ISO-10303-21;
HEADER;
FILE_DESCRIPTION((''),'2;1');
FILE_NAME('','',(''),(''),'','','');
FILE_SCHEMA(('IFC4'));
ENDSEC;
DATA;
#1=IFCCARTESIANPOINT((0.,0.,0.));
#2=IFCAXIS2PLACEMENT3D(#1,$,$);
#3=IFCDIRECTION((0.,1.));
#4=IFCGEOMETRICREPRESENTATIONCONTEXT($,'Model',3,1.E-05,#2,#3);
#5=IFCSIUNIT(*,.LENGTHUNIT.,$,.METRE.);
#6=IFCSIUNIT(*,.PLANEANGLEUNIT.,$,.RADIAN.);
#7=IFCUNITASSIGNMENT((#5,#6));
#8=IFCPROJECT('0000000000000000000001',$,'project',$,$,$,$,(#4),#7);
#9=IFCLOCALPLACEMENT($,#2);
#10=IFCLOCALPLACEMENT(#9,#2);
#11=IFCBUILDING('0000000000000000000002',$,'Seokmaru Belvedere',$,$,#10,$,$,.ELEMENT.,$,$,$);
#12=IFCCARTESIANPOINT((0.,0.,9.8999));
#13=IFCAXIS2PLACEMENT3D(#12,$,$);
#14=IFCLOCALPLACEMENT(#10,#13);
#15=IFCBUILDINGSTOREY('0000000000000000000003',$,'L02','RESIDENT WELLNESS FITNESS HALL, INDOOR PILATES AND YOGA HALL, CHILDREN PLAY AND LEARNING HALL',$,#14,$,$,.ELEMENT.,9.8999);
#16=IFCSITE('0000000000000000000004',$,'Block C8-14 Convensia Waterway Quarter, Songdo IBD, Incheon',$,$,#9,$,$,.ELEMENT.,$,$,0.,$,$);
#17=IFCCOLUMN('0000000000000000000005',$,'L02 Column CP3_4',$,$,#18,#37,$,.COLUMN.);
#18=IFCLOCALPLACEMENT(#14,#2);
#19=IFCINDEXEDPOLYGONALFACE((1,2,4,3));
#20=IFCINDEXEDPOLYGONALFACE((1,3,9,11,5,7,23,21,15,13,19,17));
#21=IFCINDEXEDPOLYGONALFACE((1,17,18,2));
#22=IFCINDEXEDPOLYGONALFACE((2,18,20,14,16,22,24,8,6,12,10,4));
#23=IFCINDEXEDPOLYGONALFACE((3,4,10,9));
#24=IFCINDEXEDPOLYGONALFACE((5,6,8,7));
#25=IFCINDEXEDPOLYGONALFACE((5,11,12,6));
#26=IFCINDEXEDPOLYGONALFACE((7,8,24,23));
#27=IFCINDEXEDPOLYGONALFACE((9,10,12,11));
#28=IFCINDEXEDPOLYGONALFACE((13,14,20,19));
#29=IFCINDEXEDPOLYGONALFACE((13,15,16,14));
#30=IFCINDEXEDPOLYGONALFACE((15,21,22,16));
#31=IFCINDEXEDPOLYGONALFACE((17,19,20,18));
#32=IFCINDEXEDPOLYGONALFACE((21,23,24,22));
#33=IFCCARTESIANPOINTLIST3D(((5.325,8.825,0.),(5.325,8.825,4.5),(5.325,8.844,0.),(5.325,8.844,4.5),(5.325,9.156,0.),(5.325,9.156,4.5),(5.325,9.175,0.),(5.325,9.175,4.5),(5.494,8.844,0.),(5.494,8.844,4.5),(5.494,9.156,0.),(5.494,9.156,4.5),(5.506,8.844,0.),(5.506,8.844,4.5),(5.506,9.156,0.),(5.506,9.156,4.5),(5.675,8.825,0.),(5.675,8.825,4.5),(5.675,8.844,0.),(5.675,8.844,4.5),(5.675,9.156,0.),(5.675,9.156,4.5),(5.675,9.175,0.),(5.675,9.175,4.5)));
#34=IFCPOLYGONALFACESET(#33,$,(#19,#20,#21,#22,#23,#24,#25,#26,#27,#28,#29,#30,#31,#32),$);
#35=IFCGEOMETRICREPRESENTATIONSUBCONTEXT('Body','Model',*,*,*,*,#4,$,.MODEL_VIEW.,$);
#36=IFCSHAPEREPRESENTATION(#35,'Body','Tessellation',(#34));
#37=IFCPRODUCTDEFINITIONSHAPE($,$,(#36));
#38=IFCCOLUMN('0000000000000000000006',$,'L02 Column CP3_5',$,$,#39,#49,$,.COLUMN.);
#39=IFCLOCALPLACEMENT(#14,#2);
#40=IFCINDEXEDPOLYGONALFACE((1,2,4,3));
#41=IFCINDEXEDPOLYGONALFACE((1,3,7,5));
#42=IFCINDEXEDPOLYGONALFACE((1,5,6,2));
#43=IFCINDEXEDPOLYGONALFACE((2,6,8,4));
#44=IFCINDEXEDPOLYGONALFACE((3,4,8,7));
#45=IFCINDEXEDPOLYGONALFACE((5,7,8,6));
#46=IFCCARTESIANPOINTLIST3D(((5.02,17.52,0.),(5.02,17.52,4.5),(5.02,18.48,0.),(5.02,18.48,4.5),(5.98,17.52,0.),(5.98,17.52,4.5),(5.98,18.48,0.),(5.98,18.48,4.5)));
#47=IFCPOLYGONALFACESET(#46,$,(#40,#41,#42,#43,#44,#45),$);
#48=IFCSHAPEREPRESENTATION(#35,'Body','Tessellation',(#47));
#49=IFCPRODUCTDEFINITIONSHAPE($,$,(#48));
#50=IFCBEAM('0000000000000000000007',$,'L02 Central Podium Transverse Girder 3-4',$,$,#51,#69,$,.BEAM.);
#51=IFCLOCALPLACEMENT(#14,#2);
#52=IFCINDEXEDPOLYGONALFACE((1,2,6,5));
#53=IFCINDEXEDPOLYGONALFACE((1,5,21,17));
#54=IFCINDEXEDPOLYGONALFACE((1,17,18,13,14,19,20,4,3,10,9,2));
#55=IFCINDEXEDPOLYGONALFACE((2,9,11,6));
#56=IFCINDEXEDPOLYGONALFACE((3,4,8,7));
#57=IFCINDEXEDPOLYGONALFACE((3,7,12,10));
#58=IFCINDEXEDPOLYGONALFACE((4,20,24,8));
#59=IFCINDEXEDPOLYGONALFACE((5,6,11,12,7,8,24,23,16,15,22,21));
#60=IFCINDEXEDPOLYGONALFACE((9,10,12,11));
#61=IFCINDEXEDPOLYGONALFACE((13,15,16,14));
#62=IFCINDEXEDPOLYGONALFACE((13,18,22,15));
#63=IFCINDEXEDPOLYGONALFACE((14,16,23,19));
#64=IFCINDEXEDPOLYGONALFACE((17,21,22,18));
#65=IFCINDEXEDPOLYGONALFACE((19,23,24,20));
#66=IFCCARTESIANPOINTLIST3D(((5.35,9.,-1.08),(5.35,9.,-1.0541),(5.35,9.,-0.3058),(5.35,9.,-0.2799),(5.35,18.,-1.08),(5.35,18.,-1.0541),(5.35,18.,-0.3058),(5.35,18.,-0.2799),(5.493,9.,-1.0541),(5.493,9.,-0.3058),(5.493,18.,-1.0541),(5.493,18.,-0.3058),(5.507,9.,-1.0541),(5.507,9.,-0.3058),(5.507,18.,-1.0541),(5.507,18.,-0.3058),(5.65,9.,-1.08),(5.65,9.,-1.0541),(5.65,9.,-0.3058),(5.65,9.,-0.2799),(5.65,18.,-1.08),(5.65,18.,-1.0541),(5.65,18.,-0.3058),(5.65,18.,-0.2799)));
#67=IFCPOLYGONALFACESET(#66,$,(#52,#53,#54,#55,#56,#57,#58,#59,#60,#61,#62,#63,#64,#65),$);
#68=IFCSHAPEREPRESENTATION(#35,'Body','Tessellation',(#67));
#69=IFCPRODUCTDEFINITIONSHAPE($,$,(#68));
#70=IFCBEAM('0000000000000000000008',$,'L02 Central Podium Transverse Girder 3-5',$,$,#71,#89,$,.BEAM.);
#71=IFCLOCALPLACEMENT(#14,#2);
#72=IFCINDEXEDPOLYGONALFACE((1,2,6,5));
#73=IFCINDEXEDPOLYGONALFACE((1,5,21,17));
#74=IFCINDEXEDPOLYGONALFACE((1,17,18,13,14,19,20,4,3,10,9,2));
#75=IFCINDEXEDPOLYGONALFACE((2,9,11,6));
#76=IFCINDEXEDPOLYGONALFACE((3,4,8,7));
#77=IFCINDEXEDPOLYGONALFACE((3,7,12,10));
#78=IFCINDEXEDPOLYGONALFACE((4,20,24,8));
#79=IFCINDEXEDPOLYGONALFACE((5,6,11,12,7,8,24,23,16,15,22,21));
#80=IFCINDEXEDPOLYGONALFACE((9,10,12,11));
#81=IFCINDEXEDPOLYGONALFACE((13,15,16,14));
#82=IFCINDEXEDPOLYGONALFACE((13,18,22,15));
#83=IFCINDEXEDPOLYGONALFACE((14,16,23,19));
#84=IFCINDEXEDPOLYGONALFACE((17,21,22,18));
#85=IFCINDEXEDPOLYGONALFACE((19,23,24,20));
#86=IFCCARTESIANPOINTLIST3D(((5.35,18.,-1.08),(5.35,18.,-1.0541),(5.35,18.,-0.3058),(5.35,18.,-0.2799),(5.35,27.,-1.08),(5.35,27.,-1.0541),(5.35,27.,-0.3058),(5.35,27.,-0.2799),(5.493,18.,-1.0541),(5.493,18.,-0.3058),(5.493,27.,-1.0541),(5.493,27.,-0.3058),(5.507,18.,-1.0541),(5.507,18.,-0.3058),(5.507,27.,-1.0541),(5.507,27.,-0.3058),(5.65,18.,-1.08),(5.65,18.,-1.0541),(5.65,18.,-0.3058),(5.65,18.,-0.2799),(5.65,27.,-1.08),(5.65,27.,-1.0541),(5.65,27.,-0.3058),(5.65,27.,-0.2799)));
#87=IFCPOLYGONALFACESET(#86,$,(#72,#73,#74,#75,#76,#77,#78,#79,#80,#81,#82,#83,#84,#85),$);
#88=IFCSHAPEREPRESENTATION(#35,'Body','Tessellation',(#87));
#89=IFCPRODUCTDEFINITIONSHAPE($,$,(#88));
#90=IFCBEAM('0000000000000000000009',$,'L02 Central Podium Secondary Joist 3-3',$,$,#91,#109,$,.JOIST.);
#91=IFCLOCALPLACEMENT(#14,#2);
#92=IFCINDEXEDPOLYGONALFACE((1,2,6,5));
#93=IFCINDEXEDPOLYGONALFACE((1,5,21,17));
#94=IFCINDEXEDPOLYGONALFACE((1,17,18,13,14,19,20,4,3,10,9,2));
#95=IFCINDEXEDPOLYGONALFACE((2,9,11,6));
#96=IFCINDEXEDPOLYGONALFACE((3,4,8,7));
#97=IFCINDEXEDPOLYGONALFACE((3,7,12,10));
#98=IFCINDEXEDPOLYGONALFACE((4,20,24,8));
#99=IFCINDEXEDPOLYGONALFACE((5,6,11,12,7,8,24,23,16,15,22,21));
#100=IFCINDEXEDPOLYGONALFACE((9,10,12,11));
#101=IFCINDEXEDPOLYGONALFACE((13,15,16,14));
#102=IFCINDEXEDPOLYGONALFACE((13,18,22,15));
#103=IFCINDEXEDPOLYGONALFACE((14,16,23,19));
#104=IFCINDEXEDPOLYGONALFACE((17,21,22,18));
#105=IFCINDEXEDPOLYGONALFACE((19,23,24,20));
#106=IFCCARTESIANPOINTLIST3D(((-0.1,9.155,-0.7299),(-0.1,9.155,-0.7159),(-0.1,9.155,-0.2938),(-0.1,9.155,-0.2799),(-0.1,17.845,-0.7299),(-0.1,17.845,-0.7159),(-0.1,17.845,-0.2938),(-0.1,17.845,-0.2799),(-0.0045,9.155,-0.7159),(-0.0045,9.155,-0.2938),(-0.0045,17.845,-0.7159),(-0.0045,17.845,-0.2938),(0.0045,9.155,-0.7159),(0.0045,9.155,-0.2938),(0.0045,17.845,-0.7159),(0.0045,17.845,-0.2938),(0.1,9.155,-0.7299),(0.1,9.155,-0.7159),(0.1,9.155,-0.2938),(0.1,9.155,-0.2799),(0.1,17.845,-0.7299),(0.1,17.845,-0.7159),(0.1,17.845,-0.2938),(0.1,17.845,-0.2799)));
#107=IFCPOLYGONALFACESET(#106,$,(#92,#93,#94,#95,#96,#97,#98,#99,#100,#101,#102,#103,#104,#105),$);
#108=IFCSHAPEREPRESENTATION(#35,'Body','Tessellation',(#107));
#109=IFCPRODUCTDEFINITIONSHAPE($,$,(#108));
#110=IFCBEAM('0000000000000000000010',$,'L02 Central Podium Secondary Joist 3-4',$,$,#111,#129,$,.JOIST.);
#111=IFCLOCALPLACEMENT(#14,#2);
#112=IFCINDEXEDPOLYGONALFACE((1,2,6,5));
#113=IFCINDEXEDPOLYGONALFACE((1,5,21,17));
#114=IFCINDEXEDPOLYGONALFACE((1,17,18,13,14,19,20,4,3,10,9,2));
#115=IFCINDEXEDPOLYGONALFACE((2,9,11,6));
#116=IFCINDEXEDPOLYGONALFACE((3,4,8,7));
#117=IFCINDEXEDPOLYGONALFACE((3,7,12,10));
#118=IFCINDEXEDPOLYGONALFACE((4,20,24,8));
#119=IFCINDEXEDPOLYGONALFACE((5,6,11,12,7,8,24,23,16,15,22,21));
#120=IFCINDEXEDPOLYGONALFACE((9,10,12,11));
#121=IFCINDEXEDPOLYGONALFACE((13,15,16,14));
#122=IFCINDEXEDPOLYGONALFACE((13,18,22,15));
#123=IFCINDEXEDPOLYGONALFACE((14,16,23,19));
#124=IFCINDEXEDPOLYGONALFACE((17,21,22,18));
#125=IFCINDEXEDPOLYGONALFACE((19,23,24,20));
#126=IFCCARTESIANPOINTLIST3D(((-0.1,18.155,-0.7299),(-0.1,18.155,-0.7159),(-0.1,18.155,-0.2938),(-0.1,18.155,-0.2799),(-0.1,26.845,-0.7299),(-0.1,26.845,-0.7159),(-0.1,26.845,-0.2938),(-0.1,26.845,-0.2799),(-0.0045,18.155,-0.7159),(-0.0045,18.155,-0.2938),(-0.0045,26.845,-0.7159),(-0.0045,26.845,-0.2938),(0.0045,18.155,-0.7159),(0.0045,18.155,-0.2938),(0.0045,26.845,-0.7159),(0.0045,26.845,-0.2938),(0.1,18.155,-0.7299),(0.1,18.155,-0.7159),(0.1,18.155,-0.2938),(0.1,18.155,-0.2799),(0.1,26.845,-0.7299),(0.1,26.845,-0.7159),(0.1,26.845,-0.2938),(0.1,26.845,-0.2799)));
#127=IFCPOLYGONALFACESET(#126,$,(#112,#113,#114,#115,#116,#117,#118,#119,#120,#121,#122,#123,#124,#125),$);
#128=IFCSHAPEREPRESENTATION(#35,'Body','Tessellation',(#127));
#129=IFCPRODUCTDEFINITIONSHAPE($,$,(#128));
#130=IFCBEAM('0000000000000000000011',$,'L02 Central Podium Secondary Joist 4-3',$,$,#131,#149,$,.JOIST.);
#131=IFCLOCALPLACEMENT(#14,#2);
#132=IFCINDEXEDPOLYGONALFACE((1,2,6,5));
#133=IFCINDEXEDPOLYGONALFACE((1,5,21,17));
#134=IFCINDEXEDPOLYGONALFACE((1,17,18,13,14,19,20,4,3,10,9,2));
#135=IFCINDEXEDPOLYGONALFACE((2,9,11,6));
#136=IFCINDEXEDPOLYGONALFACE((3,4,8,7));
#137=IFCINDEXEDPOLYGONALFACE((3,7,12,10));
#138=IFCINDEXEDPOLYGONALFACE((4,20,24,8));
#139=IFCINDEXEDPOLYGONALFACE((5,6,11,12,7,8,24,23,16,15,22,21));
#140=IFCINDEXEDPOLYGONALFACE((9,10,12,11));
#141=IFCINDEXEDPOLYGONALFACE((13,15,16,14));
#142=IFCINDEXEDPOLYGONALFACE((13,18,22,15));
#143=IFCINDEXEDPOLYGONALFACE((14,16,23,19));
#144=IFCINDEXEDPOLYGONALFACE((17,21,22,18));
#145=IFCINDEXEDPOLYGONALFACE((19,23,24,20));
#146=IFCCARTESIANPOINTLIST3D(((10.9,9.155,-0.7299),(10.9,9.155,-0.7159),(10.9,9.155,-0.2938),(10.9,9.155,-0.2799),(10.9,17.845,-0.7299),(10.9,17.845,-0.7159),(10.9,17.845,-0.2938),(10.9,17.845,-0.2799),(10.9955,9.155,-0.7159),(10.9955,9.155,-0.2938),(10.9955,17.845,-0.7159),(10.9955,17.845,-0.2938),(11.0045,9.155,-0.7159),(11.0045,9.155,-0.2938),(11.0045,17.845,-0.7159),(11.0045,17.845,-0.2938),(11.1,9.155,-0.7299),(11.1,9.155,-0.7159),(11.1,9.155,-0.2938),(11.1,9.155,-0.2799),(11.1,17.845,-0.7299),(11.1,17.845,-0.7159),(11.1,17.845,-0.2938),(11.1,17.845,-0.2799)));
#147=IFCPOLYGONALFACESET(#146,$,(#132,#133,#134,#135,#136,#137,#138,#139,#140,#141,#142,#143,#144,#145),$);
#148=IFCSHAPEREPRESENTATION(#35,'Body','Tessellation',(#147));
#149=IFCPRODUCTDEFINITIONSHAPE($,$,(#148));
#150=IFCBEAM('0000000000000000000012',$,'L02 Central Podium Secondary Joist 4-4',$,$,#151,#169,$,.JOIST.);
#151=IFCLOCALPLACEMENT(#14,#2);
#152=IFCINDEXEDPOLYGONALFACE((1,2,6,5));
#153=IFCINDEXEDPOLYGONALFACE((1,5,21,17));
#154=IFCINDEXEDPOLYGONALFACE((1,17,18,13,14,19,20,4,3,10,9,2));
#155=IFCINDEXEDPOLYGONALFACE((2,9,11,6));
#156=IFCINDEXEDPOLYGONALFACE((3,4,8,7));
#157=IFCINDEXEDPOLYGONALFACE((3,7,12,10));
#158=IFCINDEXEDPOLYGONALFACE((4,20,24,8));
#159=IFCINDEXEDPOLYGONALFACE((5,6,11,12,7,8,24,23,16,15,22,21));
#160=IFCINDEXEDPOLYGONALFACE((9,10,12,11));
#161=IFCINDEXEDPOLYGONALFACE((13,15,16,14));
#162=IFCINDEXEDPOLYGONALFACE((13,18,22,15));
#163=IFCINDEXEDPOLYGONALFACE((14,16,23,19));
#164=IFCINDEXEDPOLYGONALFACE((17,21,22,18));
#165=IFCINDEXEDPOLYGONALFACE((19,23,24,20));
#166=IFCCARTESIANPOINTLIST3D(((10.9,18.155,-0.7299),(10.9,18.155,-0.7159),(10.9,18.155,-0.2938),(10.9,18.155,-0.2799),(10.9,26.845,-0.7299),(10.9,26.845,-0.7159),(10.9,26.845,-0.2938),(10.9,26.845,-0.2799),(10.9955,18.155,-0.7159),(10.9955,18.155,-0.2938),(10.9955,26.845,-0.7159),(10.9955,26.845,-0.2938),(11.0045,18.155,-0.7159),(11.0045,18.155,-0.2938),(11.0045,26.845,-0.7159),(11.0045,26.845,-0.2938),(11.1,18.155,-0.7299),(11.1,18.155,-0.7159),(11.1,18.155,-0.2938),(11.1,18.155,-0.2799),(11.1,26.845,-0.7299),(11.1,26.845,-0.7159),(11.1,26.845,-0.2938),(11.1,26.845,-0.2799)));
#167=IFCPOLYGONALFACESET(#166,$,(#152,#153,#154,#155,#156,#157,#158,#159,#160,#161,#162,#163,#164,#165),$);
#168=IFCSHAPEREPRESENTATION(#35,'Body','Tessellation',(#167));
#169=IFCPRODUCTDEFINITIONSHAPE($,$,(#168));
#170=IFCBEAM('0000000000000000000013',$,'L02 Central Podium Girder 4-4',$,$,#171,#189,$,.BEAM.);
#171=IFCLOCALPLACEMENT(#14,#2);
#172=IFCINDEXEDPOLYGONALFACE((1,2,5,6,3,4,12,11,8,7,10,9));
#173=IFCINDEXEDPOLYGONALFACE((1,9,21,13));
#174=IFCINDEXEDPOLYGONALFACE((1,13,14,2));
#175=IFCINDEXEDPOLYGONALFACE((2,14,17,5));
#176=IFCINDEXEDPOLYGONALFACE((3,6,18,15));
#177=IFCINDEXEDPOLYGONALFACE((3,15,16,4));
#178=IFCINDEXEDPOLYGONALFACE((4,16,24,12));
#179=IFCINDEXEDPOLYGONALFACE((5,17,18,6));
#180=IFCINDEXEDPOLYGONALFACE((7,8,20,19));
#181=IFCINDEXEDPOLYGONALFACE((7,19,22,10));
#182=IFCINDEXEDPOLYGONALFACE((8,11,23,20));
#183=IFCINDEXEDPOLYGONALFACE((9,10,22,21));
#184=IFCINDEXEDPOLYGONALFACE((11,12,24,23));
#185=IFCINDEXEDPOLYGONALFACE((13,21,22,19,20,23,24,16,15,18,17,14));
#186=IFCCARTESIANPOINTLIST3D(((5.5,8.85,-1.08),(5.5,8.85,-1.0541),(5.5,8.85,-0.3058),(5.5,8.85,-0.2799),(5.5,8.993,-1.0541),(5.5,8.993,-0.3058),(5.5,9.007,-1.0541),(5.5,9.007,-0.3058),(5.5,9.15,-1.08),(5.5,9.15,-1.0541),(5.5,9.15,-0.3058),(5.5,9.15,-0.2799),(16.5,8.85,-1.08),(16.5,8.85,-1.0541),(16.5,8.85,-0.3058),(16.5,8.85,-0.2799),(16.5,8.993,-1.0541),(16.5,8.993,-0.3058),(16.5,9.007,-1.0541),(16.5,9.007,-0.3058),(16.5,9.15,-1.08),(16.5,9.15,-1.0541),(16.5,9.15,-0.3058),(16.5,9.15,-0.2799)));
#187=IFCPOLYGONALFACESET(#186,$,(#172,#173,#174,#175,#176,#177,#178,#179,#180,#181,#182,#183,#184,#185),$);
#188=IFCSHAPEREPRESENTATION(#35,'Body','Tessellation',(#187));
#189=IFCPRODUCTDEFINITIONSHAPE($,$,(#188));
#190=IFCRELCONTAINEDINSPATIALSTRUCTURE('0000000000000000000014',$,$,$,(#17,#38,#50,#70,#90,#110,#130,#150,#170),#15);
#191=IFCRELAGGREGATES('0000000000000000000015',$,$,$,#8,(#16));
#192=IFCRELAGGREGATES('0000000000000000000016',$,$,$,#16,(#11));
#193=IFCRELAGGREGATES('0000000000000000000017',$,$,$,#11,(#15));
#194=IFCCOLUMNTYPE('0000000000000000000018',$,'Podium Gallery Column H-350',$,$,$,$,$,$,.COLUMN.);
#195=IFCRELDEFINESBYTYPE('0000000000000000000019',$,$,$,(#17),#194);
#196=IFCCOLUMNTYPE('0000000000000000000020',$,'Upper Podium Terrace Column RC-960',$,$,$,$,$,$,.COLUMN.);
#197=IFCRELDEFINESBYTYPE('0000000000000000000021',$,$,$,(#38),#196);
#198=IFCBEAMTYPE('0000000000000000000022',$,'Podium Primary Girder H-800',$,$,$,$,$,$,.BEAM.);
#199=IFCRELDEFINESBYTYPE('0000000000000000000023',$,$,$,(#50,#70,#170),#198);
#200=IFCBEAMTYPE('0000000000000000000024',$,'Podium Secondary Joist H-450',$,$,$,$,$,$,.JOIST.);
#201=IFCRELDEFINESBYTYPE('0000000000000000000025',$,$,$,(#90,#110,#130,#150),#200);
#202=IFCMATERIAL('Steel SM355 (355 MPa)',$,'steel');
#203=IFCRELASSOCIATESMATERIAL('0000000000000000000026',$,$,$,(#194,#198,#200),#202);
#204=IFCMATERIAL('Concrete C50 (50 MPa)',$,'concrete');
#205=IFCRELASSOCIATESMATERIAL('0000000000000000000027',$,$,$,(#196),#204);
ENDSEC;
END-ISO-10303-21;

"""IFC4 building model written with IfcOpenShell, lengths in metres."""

from ifc_helpers import new_model, si_unit, direction, frame, origin, origin_2d, place, context, subcontext, project, spatial, rectangle, i_section, extrude, source, transform, mapped, material, material_profile, profile_set, type_object, type_shapes, element, save


model = new_model("IFC4")

# Units and contexts
model_context = context("Model", 3, precision=1e-05, world=origin(), true_north=direction((0.0, 1.0)))
body_context = subcontext(model_context, "Body", "Model", "MODEL_VIEW")
ifc_project = project(units=[si_unit("LENGTHUNIT", "METRE"), si_unit("PLANEANGLEUNIT", "RADIAN")], contexts=[model_context])

# Site, building, storey
site_placement = place(None, origin())
site = spatial("IfcSite", under=ifc_project, at=site_placement, Name="Block C8-14 Convensia Waterway Quarter, Songdo IBD, Incheon", CompositionType="ELEMENT", RefElevation=0.0)
building_placement = place(site_placement, origin())
building = spatial("IfcBuilding", under=site, at=building_placement, Name="Seokmaru Belvedere", CompositionType="ELEMENT")
storey_placement = place(building_placement, frame((0.0, 0.0, 9.8999)))
storey = spatial("IfcBuildingStorey", under=building, at=storey_placement, Name="L02", Description="RESIDENT WELLNESS FITNESS HALL, INDOOR PILATES AND YOGA HALL, CHILDREN PLAY AND LEARNING HALL", CompositionType="ELEMENT", Elevation=9.8999)

# Columns
ifc_material_1 = material(Name="Steel SM355 (355 MPa)", Category="steel")
ifc_material_profile_1 = material_profile(ifc_material_1, i_section(OverallWidth=0.3501, OverallDepth=0.3501, WebThickness=0.012, FlangeThickness=0.019, at=origin_2d()), Name="H-350x350x12x19")
ifc_profile_set_1 = profile_set([ifc_material_profile_1], Name="Steel SM355 (355 MPa)")
column_type_1 = type_object("IfcColumnType", Name="Podium Gallery Column H-350", PredefinedType="COLUMN", material=ifc_profile_set_1)
shared_shape_1 = source(origin(), body_context, "Body", "SweptSolid", [
    extrude(i_section(OverallWidth=0.3501, OverallDepth=0.3501, WebThickness=0.012, FlangeThickness=0.019, at=origin_2d()), origin(), (0.0, 0.0, 1.0), 4.5),
])
type_shapes(column_type_1, [shared_shape_1])
column_1_placement = place(storey_placement, frame((5.5, 9.0, 0.0), z_axis=(0.0, 0.0, 1.0), x_axis=(1.0, 0.0, 0.0)))
element("IfcColumn", 1, at=column_1_placement, inside=storey, type_object=column_type_1, Name="L02 Column CP3_4", PredefinedType="COLUMN", context=body_context, shape_type="MappedRepresentation", body=[
    mapped(shared_shape_1, transform((0.0, 0.0, 0.0), scale=1.0)),
])
ifc_material_2 = material(Name="Concrete C50 (50 MPa)", Category="concrete")
ifc_material_profile_2 = material_profile(ifc_material_2, rectangle(XDim=0.96, YDim=0.96, at=origin_2d()), Name="RC-960x960")
ifc_profile_set_2 = profile_set([ifc_material_profile_2], Name="Concrete C50 (50 MPa)")
column_type_2 = type_object("IfcColumnType", Name="Upper Podium Terrace Column RC-960", PredefinedType="COLUMN", material=ifc_profile_set_2)
shared_shape_2 = source(origin(), body_context, "Body", "SweptSolid", [
    extrude(rectangle(XDim=0.96, YDim=0.96, at=origin_2d()), origin(), (0.0, 0.0, 1.0), 4.5),
])
type_shapes(column_type_2, [shared_shape_2])
column_2_placement = place(storey_placement, frame((5.5, 18.0, 0.0), z_axis=(0.0, 0.0, 1.0), x_axis=(1.0, 0.0, 0.0)))
element("IfcColumn", 2, at=column_2_placement, inside=storey, type_object=column_type_2, Name="L02 Column CP3_5", PredefinedType="COLUMN", context=body_context, shape_type="MappedRepresentation", body=[
    mapped(shared_shape_2, transform((0.0, 0.0, 0.0), scale=1.0)),
])

# Beams
ifc_material_profile_3 = material_profile(ifc_material_1, i_section(OverallWidth=0.3, OverallDepth=0.8, WebThickness=0.0139, FlangeThickness=0.0259, at=origin_2d()), Name="H-800x300x14x26")
ifc_profile_set_3 = profile_set([ifc_material_profile_3], Name="Steel SM355 (355 MPa)")
beam_type_1 = type_object("IfcBeamType", Name="Podium Primary Girder H-800", PredefinedType="BEAM", material=ifc_profile_set_3)
shared_shape_3 = source(origin(), body_context, "Body", "SweptSolid", [
    extrude(i_section(OverallWidth=0.3, OverallDepth=0.8, WebThickness=0.0139, FlangeThickness=0.0259, at=origin_2d()), origin(), (0.0, 0.0, 1.0), 9.0),
])
for number, where, z_axis, x_axis, name in (
    (3, (5.5, 9.0, -0.6799), (0.0, 1.0, 0.0), (-1.0, 0.0, 0.0), "L02 Central Podium Transverse Girder 3-4"),
    (4, (5.5, 18.0, -0.6799), (0.0, 1.0, 0.0), (-1.0, 0.0, 0.0), "L02 Central Podium Transverse Girder 3-5"),
):
    element("IfcBeam", number, at=place(storey_placement, frame(where, z_axis=z_axis, x_axis=x_axis)), inside=storey, type_object=beam_type_1, Name=name, PredefinedType="BEAM", context=body_context, shape_type="MappedRepresentation", body=[
        mapped(shared_shape_3, transform((0.0, 0.0, 0.0), scale=1.0)),
    ])
ifc_material_profile_4 = material_profile(ifc_material_1, i_section(OverallWidth=0.2, OverallDepth=0.45, WebThickness=0.009, FlangeThickness=0.0139, at=origin_2d()), Name="H-450x200x9x14")
ifc_profile_set_4 = profile_set([ifc_material_profile_4], Name="Steel SM355 (355 MPa)")
beam_type_2 = type_object("IfcBeamType", Name="Podium Secondary Joist H-450", PredefinedType="JOIST", material=ifc_profile_set_4)
shared_shape_4 = source(origin(), body_context, "Body", "SweptSolid", [
    extrude(i_section(OverallWidth=0.2, OverallDepth=0.45, WebThickness=0.009, FlangeThickness=0.0139, at=origin_2d()), origin(), (0.0, 0.0, 1.0), 8.6899),
])
type_shapes(beam_type_2, [shared_shape_4])
for number, where, z_axis, x_axis, name in (
    (5, (0.0, 9.155, -0.5049), (0.0, 1.0, 0.0), (-1.0, 0.0, 0.0), "L02 Central Podium Secondary Joist 3-3"),
    (6, (0.0, 18.155, -0.5049), (0.0, 1.0, 0.0), (-1.0, 0.0, 0.0), "L02 Central Podium Secondary Joist 3-4"),
    (7, (11.0, 9.155, -0.5049), (0.0, 1.0, 0.0), (-1.0, 0.0, 0.0), "L02 Central Podium Secondary Joist 4-3"),
    (8, (11.0, 18.155, -0.5049), (0.0, 1.0, 0.0), (-1.0, 0.0, 0.0), "L02 Central Podium Secondary Joist 4-4"),
):
    element("IfcBeam", number, at=place(storey_placement, frame(where, z_axis=z_axis, x_axis=x_axis)), inside=storey, type_object=beam_type_2, Name=name, PredefinedType="JOIST", context=body_context, shape_type="MappedRepresentation", body=[
        mapped(shared_shape_4, transform((0.0, 0.0, 0.0), scale=1.0)),
    ])
shared_shape_5 = source(origin(), body_context, "Body", "SweptSolid", [
    extrude(i_section(OverallWidth=0.3, OverallDepth=0.8, WebThickness=0.0139, FlangeThickness=0.0259, at=origin_2d()), origin(), (0.0, 0.0, 1.0), 11.0),
])
type_shapes(beam_type_1, [shared_shape_3, shared_shape_5])
for number, where, z_axis, x_axis, name in (
    (9, (5.5, 9.0, -0.6799), (1.0, 0.0, 0.0), (0.0, 1.0, 0.0), "L02 Central Podium Girder 4-4"),
):
    element("IfcBeam", number, at=place(storey_placement, frame(where, z_axis=z_axis, x_axis=x_axis)), inside=storey, type_object=beam_type_1, Name=name, PredefinedType="BEAM", context=body_context, shape_type="MappedRepresentation", body=[
        mapped(shared_shape_5, transform((0.0, 0.0, 0.0), scale=1.0)),
    ])

save(model, "model.ifc")
